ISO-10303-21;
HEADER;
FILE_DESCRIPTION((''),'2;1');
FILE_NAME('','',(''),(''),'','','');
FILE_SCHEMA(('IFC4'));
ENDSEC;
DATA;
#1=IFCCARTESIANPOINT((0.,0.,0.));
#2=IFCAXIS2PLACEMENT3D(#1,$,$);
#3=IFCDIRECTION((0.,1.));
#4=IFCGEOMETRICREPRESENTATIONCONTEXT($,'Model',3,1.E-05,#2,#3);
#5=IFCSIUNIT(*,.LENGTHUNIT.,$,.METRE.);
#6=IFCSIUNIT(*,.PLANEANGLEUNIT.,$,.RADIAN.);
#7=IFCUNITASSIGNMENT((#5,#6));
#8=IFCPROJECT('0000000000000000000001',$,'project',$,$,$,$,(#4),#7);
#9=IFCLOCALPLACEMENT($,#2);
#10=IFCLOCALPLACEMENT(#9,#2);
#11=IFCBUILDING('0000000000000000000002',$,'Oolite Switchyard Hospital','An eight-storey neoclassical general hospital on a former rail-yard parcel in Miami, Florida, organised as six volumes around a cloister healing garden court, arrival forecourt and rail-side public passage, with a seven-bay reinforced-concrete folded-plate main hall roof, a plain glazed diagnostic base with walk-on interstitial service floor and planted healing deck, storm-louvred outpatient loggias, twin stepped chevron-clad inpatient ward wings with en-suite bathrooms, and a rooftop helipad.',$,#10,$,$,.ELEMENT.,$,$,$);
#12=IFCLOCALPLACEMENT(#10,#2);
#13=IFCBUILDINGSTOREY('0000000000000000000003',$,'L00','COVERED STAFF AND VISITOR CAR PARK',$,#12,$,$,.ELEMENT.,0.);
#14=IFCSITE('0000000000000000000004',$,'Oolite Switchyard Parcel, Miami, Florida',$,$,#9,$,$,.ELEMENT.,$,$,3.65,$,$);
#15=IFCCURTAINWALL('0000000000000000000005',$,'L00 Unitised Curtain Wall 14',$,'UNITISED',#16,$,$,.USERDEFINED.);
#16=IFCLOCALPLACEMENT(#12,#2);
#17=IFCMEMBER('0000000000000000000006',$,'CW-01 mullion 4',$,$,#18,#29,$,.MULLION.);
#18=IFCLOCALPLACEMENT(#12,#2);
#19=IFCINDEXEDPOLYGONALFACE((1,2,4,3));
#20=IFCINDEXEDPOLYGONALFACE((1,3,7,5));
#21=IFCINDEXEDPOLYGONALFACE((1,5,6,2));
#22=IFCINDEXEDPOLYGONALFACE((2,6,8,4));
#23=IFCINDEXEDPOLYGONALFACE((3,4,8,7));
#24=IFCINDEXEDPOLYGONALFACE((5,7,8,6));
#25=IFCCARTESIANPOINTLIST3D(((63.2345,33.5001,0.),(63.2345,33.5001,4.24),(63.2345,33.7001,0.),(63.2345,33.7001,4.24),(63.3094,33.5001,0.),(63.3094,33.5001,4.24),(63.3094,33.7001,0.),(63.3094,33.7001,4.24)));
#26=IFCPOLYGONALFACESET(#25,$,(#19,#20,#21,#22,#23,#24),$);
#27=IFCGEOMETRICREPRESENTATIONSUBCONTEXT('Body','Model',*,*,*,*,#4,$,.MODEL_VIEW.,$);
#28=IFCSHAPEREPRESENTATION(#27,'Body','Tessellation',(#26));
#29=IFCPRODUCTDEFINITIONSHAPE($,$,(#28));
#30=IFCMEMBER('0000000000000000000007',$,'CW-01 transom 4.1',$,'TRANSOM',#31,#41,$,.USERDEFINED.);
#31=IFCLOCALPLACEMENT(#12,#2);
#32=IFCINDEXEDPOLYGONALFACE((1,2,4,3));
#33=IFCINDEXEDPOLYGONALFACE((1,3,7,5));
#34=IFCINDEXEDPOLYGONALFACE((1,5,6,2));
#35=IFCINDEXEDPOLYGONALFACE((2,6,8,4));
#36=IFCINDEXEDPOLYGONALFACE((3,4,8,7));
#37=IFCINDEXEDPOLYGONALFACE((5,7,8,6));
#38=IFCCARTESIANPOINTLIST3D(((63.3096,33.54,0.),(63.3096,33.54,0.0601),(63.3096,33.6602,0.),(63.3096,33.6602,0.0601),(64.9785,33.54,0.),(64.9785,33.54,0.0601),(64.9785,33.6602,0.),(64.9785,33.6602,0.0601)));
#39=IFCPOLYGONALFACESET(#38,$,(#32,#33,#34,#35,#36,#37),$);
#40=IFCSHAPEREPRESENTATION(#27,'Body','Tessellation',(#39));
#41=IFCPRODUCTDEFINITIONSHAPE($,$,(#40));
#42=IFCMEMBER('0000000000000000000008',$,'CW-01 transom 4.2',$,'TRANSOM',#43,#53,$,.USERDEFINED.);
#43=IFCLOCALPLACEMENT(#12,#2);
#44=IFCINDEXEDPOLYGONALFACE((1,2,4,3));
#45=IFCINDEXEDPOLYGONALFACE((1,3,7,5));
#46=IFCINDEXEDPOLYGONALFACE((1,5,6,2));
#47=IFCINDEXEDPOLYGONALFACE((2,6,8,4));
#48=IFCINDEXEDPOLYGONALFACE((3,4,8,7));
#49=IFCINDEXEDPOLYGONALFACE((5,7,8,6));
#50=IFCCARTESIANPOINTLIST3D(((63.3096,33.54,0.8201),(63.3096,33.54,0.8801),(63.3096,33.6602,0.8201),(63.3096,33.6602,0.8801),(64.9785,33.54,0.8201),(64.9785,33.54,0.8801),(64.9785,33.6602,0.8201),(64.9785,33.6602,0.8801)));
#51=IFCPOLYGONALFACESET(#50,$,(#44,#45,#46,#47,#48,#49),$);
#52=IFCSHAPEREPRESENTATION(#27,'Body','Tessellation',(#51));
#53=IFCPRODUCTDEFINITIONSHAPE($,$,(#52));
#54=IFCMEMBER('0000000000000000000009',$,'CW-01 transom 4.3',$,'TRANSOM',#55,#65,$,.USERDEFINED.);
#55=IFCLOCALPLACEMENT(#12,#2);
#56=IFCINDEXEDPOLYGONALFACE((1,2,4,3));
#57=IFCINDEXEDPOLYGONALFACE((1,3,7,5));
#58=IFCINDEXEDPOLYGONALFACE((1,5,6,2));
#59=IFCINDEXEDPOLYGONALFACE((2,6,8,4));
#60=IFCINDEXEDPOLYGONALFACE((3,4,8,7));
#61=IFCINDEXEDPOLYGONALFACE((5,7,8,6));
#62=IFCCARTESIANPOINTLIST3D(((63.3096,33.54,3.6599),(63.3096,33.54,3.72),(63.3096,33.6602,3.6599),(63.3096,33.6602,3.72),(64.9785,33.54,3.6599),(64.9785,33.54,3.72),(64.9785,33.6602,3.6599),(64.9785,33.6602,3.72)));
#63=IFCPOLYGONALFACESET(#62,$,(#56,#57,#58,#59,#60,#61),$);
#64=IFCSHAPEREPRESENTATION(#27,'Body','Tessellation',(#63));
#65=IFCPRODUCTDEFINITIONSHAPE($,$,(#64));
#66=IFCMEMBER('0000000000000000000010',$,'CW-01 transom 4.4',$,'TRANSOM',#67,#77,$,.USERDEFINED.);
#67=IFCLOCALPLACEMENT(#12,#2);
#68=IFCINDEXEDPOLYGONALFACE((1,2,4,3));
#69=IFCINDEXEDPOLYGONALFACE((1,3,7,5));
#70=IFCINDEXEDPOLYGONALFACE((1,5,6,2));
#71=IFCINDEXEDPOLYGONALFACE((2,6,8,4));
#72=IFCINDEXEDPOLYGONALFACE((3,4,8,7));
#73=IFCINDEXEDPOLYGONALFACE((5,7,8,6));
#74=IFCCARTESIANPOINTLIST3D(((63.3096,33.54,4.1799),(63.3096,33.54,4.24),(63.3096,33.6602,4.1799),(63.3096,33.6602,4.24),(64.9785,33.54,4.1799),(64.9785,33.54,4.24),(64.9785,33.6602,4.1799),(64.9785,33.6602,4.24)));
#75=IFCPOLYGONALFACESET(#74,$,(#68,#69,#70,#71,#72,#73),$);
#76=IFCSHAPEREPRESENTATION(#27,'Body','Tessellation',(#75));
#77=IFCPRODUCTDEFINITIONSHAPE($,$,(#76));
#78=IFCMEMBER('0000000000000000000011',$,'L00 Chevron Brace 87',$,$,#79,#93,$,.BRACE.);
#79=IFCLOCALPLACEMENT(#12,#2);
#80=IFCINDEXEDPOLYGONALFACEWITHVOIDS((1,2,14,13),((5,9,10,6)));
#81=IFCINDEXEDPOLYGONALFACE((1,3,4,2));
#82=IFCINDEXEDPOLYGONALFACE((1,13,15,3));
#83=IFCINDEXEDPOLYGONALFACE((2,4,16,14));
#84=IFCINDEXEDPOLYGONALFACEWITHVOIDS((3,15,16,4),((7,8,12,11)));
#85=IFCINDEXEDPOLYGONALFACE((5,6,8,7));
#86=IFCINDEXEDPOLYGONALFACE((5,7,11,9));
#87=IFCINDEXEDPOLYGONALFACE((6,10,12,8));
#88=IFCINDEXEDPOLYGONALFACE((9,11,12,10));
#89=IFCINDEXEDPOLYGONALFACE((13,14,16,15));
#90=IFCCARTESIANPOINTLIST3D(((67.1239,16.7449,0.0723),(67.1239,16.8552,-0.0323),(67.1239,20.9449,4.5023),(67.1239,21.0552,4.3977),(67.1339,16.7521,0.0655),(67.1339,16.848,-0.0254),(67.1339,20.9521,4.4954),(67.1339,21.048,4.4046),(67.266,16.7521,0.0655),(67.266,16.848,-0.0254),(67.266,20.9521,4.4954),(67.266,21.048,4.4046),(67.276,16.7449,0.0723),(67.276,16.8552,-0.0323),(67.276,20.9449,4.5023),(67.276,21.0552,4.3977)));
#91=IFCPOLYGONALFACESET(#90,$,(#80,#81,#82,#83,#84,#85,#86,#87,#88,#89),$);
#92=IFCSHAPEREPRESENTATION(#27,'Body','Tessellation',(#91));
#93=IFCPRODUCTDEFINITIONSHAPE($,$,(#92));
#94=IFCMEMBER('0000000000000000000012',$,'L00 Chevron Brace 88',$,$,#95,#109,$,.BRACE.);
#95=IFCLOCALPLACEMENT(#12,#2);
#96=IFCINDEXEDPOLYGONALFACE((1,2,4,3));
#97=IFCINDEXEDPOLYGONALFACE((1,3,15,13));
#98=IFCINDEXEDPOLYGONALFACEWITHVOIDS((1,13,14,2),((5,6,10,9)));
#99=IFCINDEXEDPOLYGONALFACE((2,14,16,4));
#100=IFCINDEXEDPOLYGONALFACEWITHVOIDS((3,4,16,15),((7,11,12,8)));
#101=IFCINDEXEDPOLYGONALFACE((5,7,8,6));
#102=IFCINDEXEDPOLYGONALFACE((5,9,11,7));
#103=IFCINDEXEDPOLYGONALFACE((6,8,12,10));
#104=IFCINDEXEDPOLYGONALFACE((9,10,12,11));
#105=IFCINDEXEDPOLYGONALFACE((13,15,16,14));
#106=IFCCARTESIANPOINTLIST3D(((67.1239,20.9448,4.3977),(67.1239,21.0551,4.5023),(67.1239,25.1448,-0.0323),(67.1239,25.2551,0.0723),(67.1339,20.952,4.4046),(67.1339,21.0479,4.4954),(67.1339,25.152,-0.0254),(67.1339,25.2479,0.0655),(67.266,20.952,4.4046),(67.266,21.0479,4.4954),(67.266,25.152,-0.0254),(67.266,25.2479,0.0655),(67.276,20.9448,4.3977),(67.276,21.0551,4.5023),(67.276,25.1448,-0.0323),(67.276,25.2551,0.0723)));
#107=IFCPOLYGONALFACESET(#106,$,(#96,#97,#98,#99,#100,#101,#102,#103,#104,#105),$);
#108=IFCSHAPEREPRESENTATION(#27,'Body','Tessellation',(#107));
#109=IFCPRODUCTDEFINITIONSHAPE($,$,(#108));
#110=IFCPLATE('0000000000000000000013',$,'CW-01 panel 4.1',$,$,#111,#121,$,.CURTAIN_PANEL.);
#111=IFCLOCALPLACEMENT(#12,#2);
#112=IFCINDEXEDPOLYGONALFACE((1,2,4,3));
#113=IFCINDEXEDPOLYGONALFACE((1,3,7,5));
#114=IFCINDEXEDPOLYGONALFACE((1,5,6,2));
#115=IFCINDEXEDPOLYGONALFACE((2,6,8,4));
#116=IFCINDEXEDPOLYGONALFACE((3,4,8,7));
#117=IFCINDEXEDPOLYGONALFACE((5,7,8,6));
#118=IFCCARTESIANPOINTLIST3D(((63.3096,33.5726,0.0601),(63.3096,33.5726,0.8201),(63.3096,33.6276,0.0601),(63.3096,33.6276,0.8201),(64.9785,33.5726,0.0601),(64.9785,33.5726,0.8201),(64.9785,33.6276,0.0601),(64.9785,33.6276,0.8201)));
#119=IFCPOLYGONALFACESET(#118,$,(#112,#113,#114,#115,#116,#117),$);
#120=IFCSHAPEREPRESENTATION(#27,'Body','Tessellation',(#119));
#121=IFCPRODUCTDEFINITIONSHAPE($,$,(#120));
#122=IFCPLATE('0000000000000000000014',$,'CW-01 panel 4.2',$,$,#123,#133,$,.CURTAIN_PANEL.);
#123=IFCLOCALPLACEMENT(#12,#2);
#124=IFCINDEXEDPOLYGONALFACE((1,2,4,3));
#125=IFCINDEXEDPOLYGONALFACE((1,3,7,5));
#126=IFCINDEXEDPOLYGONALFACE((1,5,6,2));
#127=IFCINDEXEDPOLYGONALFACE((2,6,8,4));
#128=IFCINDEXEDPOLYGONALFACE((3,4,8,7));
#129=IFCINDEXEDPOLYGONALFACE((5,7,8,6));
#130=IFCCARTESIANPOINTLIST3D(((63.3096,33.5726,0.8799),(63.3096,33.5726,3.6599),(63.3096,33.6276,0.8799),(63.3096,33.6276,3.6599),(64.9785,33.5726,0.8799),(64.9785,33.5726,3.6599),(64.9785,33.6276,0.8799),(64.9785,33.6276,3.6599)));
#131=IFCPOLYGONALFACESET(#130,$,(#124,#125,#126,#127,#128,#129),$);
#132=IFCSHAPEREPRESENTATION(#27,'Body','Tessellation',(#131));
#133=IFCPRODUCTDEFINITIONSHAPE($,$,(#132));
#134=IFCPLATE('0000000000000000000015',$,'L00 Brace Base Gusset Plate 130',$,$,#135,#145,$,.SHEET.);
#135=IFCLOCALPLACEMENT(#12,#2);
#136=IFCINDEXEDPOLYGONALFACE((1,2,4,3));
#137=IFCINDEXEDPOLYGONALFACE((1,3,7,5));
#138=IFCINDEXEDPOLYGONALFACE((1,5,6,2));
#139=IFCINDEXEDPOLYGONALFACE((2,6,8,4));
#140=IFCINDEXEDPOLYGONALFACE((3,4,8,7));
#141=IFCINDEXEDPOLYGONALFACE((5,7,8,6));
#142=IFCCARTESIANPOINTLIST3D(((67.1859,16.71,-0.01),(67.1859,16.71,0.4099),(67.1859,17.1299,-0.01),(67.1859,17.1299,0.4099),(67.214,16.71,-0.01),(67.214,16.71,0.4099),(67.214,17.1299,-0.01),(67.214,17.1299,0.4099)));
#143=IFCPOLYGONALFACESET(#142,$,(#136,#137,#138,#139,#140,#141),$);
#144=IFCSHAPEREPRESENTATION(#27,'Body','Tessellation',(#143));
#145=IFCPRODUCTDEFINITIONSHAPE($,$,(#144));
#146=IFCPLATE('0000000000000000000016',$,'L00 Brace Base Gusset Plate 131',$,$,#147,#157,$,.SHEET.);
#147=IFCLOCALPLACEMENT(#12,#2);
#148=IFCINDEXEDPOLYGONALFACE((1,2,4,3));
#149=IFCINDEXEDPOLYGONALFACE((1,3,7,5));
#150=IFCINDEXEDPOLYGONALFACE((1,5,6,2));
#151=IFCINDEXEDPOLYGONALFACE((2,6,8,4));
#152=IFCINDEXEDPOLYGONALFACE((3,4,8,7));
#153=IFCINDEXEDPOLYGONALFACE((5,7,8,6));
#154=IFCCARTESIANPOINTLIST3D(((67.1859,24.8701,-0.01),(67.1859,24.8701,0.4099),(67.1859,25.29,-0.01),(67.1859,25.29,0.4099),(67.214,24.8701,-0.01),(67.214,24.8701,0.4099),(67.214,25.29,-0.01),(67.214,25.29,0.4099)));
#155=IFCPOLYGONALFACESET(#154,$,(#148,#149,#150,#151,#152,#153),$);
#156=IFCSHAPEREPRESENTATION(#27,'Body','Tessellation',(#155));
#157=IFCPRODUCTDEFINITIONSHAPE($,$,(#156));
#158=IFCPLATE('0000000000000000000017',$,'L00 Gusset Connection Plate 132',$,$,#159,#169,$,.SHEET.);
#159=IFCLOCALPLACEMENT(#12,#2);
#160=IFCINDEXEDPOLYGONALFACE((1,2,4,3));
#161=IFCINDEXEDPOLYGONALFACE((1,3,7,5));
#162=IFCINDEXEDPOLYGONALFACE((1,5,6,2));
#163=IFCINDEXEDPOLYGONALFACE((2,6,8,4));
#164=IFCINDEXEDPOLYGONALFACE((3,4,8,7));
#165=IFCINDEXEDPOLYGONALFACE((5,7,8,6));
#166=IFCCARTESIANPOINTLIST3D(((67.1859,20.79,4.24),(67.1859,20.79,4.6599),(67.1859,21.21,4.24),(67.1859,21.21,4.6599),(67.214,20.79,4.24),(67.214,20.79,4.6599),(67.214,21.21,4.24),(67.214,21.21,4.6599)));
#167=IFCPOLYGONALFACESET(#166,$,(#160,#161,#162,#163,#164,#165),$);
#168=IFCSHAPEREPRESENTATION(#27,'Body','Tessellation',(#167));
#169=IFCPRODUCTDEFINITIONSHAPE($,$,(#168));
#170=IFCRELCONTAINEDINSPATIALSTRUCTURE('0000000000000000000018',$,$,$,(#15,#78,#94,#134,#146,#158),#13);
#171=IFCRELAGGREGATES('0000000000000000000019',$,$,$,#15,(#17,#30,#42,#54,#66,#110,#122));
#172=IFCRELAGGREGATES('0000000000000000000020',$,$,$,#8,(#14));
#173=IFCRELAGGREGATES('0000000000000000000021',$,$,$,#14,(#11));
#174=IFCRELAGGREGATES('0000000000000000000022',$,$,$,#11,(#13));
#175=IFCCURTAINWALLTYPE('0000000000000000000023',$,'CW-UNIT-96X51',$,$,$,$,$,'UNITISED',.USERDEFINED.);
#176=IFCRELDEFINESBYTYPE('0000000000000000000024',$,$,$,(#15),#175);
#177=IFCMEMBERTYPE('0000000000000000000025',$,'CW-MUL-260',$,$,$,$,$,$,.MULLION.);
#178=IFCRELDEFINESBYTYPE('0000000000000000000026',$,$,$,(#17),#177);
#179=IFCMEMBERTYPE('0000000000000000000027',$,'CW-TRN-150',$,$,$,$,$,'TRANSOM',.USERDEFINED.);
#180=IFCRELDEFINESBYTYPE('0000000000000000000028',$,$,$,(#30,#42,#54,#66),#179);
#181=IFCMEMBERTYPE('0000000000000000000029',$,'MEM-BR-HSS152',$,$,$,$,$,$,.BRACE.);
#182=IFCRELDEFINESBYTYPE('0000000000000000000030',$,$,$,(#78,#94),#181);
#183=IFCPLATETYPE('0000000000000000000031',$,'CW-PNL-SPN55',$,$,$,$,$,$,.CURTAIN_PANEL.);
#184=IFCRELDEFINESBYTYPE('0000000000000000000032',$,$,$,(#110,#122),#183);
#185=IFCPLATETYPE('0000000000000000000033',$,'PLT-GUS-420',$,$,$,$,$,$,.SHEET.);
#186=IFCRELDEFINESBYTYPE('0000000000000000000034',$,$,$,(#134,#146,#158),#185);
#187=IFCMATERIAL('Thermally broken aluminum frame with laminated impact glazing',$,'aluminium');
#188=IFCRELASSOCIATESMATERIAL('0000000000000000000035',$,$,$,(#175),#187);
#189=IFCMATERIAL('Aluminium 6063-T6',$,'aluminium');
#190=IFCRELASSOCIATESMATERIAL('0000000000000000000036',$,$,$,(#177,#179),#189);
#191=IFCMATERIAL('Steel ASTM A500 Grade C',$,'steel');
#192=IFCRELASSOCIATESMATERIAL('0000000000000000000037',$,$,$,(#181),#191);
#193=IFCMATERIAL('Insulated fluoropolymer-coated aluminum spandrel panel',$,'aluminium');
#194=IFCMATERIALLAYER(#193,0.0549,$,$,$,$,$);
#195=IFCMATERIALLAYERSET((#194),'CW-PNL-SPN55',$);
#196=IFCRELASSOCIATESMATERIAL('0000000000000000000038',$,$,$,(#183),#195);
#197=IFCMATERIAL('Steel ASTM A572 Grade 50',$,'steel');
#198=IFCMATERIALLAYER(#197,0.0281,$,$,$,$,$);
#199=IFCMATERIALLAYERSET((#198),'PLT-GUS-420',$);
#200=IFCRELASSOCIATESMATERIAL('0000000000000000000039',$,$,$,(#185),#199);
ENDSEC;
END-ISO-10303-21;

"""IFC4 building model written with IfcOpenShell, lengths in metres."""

from ifc_helpers import new_model, si_unit, direction, frame, origin, origin_2d, place, context, subcontext, project, spatial, rectangle, hollow_rectangle, extrude, material, layer, layer_set, material_profile, profile_set, type_object, element, aggregate, save


model = new_model("IFC4")

# Units and contexts
model_context = context("Model", 3, precision=1e-05, world=origin(), true_north=direction((0.0, 1.0)))
body_context = subcontext(model_context, "Body", "Model", "MODEL_VIEW")
ifc_project = project(units=[si_unit("LENGTHUNIT", "METRE"), si_unit("PLANEANGLEUNIT", "RADIAN")], contexts=[model_context])

# Site, building, storey
site_placement = place(None, origin())
site = spatial("IfcSite", under=ifc_project, at=site_placement, Name="Oolite Switchyard Parcel, Miami, Florida", CompositionType="ELEMENT", RefElevation=3.65)
building_placement = place(site_placement, origin())
building = spatial("IfcBuilding", under=site, at=building_placement, Name="Oolite Switchyard Hospital", Description="An eight-storey neoclassical general hospital on a former rail-yard parcel in Miami, Florida, organised as six volumes around a cloister healing garden court, arrival forecourt and rail-side public passage, with a seven-bay reinforced-concrete folded-plate main hall roof, a plain glazed diagnostic base with walk-on interstitial service floor and planted healing deck, storm-louvred outpatient loggias, twin stepped chevron-clad inpatient ward wings with en-suite bathrooms, and a rooftop helipad.", CompositionType="ELEMENT")
storey_placement = place(building_placement, origin())
storey = spatial("IfcBuildingStorey", under=building, at=storey_placement, Name="L00", Description="COVERED STAFF AND VISITOR CAR PARK", CompositionType="ELEMENT", Elevation=0.0)

# Curtain wall, members
ifc_material_1 = material(Name="Thermally broken aluminum frame with laminated impact glazing", Category="aluminium")
curtain_wall_type = type_object("IfcCurtainWallType", Name="CW-UNIT-96X51", ElementType="UNITISED", PredefinedType="USERDEFINED", material=ifc_material_1)
curtain_wall_placement = place(storey_placement, origin())
curtain_wall = element("IfcCurtainWall", 1, at=curtain_wall_placement, inside=storey, type_object=curtain_wall_type, Name="L00 Unitised Curtain Wall 14", ObjectType="UNITISED", PredefinedType="USERDEFINED")
ifc_material_2 = material(Name="Aluminium 6063-T6", Category="aluminium")
ifc_material_profile_1 = material_profile(ifc_material_2, rectangle(XDim=0.2, YDim=0.075, at=origin_2d()), Name="CWM75X200")
ifc_profile_set_1 = profile_set([ifc_material_profile_1], Name="Aluminium 6063-T6")
member_type_1 = type_object("IfcMemberType", Name="CW-MUL-260", PredefinedType="MULLION", material=ifc_profile_set_1)
member_1_placement = place(storey_placement, frame((63.272, 33.6001, 0.0), z_axis=(0.0, 0.0, 1.0), x_axis=(0.0, 1.0, 0.0)))
member_1 = element("IfcMember", 2, at=member_1_placement, type_object=member_type_1, Name="CW-01 mullion 4", PredefinedType="MULLION", context=body_context, shape_type="SweptSolid", body=[
    extrude(rectangle(XDim=0.2, YDim=0.075, at=origin_2d()), origin(), (0.0, 0.0, 1.0), 4.24),
])
ifc_material_profile_2 = material_profile(ifc_material_2, rectangle(XDim=0.1201, YDim=0.0601, at=origin_2d()), Name="CWT60X120")
ifc_profile_set_2 = profile_set([ifc_material_profile_2], Name="Aluminium 6063-T6")
member_type_2 = type_object("IfcMemberType", Name="CW-TRN-150", ElementType="TRANSOM", PredefinedType="USERDEFINED", material=ifc_profile_set_2)
member_2_placement = place(storey_placement, frame((63.3096, 33.6001, 0.03), z_axis=(1.0, 0.0, 0.0), x_axis=(0.0, 1.0, 0.0)))
member_2 = element("IfcMember", 3, at=member_2_placement, type_object=member_type_2, Name="CW-01 transom 4.1", ObjectType="TRANSOM", PredefinedType="USERDEFINED", context=body_context, shape_type="SweptSolid", body=[
    extrude(rectangle(XDim=0.1201, YDim=0.0601, at=origin_2d()), origin(), (0.0, 0.0, 1.0), 1.6689),
])
member_3_placement = place(storey_placement, frame((63.3096, 33.6001, 0.8501), z_axis=(1.0, 0.0, 0.0), x_axis=(0.0, 1.0, 0.0)))
member_3 = element("IfcMember", 4, at=member_3_placement, type_object=member_type_2, Name="CW-01 transom 4.2", ObjectType="TRANSOM", PredefinedType="USERDEFINED", context=body_context, shape_type="SweptSolid", body=[
    extrude(rectangle(XDim=0.1201, YDim=0.0601, at=origin_2d()), origin(), (0.0, 0.0, 1.0), 1.6689),
])
member_4_placement = place(storey_placement, frame((63.3096, 33.6001, 3.6899), z_axis=(1.0, 0.0, 0.0), x_axis=(0.0, 1.0, 0.0)))
member_4 = element("IfcMember", 5, at=member_4_placement, type_object=member_type_2, Name="CW-01 transom 4.3", ObjectType="TRANSOM", PredefinedType="USERDEFINED", context=body_context, shape_type="SweptSolid", body=[
    extrude(rectangle(XDim=0.1201, YDim=0.0601, at=origin_2d()), origin(), (0.0, 0.0, 1.0), 1.6689),
])
member_5_placement = place(storey_placement, frame((63.3096, 33.6001, 4.21), z_axis=(1.0, 0.0, 0.0), x_axis=(0.0, 1.0, 0.0)))
member_5 = element("IfcMember", 6, at=member_5_placement, type_object=member_type_2, Name="CW-01 transom 4.4", ObjectType="TRANSOM", PredefinedType="USERDEFINED", context=body_context, shape_type="SweptSolid", body=[
    extrude(rectangle(XDim=0.1201, YDim=0.0601, at=origin_2d()), origin(), (0.0, 0.0, 1.0), 1.6689),
])

# Members
ifc_material_3 = material(Name="Steel ASTM A500 Grade C", Category="steel")
ifc_material_profile_3 = material_profile(ifc_material_3, hollow_rectangle(XDim=0.1521, YDim=0.1521, WallThickness=0.01, at=origin_2d()), Name="HSS152X152X10")
ifc_profile_set_3 = profile_set([ifc_material_profile_3], Name="Steel ASTM A500 Grade C")
member_type_3 = type_object("IfcMemberType", Name="MEM-BR-HSS152", PredefinedType="BRACE", material=ifc_profile_set_3)
for number, where, z_axis, x_axis, name in (
    (7, (67.2, 16.8, 0.02), (0.0, 0.688019, 0.725693), (-1.0, 0.0, 0.0), "L00 Chevron Brace 87"),
    (8, (67.2, 25.2, 0.02), (0.0, -0.688019, 0.725693), (1.0, 0.0, 0.0), "L00 Chevron Brace 88"),
):
    element("IfcMember", number, at=place(storey_placement, frame(where, z_axis=z_axis, x_axis=x_axis)), inside=storey, type_object=member_type_3, Name=name, PredefinedType="BRACE", context=body_context, shape_type="SweptSolid", body=[
        extrude(hollow_rectangle(XDim=0.1521, YDim=0.1521, WallThickness=0.01, at=origin_2d()), origin(), (0.0, 0.0, 1.0), 6.1045),
    ])

# Plates
ifc_material_4 = material(Name="Insulated fluoropolymer-coated aluminum spandrel panel", Category="aluminium")
ifc_layer_1 = layer(ifc_material_4, 0.0549)
ifc_layer_set_1 = layer_set([ifc_layer_1], Name="CW-PNL-SPN55")
plate_type_1 = type_object("IfcPlateType", Name="CW-PNL-SPN55", PredefinedType="CURTAIN_PANEL", material=ifc_layer_set_1)
plate_1_placement = place(storey_placement, frame((64.144, 33.6001, 0.0601), z_axis=(0.0, 0.0, 1.0), x_axis=(1.0, 0.0, 0.0)))
plate_1 = element("IfcPlate", 9, at=plate_1_placement, type_object=plate_type_1, Name="CW-01 panel 4.1", PredefinedType="CURTAIN_PANEL", context=body_context, shape_type="SweptSolid", body=[
    extrude(rectangle(XDim=1.6689, YDim=0.0549, at=origin_2d()), origin(), (0.0, 0.0, 1.0), 0.76),
])
plate_2_placement = place(storey_placement, frame((64.144, 33.6001, 0.8799), z_axis=(0.0, 0.0, 1.0), x_axis=(1.0, 0.0, 0.0)))
plate_2 = element("IfcPlate", 10, at=plate_2_placement, type_object=plate_type_1, Name="CW-01 panel 4.2", PredefinedType="CURTAIN_PANEL", context=body_context, shape_type="SweptSolid", body=[
    extrude(rectangle(XDim=1.6689, YDim=0.0549, at=origin_2d()), origin(), (0.0, 0.0, 1.0), 2.78),
])
aggregate(curtain_wall, [member_1, member_2, member_3, member_4, member_5, plate_1, plate_2])

# Plates
ifc_material_5 = material(Name="Steel ASTM A572 Grade 50", Category="steel")
ifc_layer_2 = layer(ifc_material_5, 0.0281)
ifc_layer_set_2 = layer_set([ifc_layer_2], Name="PLT-GUS-420")
plate_type_2 = type_object("IfcPlateType", Name="PLT-GUS-420", PredefinedType="SHEET", material=ifc_layer_set_2)
for number, where, z_axis, x_axis, name in (
    (11, (67.2, 16.9199, -0.01), (0.0, 0.0, 1.0), (0.0, 1.0, 0.0), "L00 Brace Base Gusset Plate 130"),
    (12, (67.2, 25.0801, -0.01), (0.0, 0.0, 1.0), (0.0, 1.0, 0.0), "L00 Brace Base Gusset Plate 131"),
    (13, (67.2, 21.0, 4.24), (0.0, 0.0, 1.0), (0.0, 1.0, 0.0), "L00 Gusset Connection Plate 132"),
):
    element("IfcPlate", number, at=place(storey_placement, frame(where, z_axis=z_axis, x_axis=x_axis)), inside=storey, type_object=plate_type_2, Name=name, PredefinedType="SHEET", context=body_context, shape_type="SweptSolid", body=[
        extrude(rectangle(XDim=0.4199, YDim=0.0281, at=origin_2d()), origin(), (0.0, 0.0, 1.0), 0.4199),
    ])

save(model, "model.ifc")
